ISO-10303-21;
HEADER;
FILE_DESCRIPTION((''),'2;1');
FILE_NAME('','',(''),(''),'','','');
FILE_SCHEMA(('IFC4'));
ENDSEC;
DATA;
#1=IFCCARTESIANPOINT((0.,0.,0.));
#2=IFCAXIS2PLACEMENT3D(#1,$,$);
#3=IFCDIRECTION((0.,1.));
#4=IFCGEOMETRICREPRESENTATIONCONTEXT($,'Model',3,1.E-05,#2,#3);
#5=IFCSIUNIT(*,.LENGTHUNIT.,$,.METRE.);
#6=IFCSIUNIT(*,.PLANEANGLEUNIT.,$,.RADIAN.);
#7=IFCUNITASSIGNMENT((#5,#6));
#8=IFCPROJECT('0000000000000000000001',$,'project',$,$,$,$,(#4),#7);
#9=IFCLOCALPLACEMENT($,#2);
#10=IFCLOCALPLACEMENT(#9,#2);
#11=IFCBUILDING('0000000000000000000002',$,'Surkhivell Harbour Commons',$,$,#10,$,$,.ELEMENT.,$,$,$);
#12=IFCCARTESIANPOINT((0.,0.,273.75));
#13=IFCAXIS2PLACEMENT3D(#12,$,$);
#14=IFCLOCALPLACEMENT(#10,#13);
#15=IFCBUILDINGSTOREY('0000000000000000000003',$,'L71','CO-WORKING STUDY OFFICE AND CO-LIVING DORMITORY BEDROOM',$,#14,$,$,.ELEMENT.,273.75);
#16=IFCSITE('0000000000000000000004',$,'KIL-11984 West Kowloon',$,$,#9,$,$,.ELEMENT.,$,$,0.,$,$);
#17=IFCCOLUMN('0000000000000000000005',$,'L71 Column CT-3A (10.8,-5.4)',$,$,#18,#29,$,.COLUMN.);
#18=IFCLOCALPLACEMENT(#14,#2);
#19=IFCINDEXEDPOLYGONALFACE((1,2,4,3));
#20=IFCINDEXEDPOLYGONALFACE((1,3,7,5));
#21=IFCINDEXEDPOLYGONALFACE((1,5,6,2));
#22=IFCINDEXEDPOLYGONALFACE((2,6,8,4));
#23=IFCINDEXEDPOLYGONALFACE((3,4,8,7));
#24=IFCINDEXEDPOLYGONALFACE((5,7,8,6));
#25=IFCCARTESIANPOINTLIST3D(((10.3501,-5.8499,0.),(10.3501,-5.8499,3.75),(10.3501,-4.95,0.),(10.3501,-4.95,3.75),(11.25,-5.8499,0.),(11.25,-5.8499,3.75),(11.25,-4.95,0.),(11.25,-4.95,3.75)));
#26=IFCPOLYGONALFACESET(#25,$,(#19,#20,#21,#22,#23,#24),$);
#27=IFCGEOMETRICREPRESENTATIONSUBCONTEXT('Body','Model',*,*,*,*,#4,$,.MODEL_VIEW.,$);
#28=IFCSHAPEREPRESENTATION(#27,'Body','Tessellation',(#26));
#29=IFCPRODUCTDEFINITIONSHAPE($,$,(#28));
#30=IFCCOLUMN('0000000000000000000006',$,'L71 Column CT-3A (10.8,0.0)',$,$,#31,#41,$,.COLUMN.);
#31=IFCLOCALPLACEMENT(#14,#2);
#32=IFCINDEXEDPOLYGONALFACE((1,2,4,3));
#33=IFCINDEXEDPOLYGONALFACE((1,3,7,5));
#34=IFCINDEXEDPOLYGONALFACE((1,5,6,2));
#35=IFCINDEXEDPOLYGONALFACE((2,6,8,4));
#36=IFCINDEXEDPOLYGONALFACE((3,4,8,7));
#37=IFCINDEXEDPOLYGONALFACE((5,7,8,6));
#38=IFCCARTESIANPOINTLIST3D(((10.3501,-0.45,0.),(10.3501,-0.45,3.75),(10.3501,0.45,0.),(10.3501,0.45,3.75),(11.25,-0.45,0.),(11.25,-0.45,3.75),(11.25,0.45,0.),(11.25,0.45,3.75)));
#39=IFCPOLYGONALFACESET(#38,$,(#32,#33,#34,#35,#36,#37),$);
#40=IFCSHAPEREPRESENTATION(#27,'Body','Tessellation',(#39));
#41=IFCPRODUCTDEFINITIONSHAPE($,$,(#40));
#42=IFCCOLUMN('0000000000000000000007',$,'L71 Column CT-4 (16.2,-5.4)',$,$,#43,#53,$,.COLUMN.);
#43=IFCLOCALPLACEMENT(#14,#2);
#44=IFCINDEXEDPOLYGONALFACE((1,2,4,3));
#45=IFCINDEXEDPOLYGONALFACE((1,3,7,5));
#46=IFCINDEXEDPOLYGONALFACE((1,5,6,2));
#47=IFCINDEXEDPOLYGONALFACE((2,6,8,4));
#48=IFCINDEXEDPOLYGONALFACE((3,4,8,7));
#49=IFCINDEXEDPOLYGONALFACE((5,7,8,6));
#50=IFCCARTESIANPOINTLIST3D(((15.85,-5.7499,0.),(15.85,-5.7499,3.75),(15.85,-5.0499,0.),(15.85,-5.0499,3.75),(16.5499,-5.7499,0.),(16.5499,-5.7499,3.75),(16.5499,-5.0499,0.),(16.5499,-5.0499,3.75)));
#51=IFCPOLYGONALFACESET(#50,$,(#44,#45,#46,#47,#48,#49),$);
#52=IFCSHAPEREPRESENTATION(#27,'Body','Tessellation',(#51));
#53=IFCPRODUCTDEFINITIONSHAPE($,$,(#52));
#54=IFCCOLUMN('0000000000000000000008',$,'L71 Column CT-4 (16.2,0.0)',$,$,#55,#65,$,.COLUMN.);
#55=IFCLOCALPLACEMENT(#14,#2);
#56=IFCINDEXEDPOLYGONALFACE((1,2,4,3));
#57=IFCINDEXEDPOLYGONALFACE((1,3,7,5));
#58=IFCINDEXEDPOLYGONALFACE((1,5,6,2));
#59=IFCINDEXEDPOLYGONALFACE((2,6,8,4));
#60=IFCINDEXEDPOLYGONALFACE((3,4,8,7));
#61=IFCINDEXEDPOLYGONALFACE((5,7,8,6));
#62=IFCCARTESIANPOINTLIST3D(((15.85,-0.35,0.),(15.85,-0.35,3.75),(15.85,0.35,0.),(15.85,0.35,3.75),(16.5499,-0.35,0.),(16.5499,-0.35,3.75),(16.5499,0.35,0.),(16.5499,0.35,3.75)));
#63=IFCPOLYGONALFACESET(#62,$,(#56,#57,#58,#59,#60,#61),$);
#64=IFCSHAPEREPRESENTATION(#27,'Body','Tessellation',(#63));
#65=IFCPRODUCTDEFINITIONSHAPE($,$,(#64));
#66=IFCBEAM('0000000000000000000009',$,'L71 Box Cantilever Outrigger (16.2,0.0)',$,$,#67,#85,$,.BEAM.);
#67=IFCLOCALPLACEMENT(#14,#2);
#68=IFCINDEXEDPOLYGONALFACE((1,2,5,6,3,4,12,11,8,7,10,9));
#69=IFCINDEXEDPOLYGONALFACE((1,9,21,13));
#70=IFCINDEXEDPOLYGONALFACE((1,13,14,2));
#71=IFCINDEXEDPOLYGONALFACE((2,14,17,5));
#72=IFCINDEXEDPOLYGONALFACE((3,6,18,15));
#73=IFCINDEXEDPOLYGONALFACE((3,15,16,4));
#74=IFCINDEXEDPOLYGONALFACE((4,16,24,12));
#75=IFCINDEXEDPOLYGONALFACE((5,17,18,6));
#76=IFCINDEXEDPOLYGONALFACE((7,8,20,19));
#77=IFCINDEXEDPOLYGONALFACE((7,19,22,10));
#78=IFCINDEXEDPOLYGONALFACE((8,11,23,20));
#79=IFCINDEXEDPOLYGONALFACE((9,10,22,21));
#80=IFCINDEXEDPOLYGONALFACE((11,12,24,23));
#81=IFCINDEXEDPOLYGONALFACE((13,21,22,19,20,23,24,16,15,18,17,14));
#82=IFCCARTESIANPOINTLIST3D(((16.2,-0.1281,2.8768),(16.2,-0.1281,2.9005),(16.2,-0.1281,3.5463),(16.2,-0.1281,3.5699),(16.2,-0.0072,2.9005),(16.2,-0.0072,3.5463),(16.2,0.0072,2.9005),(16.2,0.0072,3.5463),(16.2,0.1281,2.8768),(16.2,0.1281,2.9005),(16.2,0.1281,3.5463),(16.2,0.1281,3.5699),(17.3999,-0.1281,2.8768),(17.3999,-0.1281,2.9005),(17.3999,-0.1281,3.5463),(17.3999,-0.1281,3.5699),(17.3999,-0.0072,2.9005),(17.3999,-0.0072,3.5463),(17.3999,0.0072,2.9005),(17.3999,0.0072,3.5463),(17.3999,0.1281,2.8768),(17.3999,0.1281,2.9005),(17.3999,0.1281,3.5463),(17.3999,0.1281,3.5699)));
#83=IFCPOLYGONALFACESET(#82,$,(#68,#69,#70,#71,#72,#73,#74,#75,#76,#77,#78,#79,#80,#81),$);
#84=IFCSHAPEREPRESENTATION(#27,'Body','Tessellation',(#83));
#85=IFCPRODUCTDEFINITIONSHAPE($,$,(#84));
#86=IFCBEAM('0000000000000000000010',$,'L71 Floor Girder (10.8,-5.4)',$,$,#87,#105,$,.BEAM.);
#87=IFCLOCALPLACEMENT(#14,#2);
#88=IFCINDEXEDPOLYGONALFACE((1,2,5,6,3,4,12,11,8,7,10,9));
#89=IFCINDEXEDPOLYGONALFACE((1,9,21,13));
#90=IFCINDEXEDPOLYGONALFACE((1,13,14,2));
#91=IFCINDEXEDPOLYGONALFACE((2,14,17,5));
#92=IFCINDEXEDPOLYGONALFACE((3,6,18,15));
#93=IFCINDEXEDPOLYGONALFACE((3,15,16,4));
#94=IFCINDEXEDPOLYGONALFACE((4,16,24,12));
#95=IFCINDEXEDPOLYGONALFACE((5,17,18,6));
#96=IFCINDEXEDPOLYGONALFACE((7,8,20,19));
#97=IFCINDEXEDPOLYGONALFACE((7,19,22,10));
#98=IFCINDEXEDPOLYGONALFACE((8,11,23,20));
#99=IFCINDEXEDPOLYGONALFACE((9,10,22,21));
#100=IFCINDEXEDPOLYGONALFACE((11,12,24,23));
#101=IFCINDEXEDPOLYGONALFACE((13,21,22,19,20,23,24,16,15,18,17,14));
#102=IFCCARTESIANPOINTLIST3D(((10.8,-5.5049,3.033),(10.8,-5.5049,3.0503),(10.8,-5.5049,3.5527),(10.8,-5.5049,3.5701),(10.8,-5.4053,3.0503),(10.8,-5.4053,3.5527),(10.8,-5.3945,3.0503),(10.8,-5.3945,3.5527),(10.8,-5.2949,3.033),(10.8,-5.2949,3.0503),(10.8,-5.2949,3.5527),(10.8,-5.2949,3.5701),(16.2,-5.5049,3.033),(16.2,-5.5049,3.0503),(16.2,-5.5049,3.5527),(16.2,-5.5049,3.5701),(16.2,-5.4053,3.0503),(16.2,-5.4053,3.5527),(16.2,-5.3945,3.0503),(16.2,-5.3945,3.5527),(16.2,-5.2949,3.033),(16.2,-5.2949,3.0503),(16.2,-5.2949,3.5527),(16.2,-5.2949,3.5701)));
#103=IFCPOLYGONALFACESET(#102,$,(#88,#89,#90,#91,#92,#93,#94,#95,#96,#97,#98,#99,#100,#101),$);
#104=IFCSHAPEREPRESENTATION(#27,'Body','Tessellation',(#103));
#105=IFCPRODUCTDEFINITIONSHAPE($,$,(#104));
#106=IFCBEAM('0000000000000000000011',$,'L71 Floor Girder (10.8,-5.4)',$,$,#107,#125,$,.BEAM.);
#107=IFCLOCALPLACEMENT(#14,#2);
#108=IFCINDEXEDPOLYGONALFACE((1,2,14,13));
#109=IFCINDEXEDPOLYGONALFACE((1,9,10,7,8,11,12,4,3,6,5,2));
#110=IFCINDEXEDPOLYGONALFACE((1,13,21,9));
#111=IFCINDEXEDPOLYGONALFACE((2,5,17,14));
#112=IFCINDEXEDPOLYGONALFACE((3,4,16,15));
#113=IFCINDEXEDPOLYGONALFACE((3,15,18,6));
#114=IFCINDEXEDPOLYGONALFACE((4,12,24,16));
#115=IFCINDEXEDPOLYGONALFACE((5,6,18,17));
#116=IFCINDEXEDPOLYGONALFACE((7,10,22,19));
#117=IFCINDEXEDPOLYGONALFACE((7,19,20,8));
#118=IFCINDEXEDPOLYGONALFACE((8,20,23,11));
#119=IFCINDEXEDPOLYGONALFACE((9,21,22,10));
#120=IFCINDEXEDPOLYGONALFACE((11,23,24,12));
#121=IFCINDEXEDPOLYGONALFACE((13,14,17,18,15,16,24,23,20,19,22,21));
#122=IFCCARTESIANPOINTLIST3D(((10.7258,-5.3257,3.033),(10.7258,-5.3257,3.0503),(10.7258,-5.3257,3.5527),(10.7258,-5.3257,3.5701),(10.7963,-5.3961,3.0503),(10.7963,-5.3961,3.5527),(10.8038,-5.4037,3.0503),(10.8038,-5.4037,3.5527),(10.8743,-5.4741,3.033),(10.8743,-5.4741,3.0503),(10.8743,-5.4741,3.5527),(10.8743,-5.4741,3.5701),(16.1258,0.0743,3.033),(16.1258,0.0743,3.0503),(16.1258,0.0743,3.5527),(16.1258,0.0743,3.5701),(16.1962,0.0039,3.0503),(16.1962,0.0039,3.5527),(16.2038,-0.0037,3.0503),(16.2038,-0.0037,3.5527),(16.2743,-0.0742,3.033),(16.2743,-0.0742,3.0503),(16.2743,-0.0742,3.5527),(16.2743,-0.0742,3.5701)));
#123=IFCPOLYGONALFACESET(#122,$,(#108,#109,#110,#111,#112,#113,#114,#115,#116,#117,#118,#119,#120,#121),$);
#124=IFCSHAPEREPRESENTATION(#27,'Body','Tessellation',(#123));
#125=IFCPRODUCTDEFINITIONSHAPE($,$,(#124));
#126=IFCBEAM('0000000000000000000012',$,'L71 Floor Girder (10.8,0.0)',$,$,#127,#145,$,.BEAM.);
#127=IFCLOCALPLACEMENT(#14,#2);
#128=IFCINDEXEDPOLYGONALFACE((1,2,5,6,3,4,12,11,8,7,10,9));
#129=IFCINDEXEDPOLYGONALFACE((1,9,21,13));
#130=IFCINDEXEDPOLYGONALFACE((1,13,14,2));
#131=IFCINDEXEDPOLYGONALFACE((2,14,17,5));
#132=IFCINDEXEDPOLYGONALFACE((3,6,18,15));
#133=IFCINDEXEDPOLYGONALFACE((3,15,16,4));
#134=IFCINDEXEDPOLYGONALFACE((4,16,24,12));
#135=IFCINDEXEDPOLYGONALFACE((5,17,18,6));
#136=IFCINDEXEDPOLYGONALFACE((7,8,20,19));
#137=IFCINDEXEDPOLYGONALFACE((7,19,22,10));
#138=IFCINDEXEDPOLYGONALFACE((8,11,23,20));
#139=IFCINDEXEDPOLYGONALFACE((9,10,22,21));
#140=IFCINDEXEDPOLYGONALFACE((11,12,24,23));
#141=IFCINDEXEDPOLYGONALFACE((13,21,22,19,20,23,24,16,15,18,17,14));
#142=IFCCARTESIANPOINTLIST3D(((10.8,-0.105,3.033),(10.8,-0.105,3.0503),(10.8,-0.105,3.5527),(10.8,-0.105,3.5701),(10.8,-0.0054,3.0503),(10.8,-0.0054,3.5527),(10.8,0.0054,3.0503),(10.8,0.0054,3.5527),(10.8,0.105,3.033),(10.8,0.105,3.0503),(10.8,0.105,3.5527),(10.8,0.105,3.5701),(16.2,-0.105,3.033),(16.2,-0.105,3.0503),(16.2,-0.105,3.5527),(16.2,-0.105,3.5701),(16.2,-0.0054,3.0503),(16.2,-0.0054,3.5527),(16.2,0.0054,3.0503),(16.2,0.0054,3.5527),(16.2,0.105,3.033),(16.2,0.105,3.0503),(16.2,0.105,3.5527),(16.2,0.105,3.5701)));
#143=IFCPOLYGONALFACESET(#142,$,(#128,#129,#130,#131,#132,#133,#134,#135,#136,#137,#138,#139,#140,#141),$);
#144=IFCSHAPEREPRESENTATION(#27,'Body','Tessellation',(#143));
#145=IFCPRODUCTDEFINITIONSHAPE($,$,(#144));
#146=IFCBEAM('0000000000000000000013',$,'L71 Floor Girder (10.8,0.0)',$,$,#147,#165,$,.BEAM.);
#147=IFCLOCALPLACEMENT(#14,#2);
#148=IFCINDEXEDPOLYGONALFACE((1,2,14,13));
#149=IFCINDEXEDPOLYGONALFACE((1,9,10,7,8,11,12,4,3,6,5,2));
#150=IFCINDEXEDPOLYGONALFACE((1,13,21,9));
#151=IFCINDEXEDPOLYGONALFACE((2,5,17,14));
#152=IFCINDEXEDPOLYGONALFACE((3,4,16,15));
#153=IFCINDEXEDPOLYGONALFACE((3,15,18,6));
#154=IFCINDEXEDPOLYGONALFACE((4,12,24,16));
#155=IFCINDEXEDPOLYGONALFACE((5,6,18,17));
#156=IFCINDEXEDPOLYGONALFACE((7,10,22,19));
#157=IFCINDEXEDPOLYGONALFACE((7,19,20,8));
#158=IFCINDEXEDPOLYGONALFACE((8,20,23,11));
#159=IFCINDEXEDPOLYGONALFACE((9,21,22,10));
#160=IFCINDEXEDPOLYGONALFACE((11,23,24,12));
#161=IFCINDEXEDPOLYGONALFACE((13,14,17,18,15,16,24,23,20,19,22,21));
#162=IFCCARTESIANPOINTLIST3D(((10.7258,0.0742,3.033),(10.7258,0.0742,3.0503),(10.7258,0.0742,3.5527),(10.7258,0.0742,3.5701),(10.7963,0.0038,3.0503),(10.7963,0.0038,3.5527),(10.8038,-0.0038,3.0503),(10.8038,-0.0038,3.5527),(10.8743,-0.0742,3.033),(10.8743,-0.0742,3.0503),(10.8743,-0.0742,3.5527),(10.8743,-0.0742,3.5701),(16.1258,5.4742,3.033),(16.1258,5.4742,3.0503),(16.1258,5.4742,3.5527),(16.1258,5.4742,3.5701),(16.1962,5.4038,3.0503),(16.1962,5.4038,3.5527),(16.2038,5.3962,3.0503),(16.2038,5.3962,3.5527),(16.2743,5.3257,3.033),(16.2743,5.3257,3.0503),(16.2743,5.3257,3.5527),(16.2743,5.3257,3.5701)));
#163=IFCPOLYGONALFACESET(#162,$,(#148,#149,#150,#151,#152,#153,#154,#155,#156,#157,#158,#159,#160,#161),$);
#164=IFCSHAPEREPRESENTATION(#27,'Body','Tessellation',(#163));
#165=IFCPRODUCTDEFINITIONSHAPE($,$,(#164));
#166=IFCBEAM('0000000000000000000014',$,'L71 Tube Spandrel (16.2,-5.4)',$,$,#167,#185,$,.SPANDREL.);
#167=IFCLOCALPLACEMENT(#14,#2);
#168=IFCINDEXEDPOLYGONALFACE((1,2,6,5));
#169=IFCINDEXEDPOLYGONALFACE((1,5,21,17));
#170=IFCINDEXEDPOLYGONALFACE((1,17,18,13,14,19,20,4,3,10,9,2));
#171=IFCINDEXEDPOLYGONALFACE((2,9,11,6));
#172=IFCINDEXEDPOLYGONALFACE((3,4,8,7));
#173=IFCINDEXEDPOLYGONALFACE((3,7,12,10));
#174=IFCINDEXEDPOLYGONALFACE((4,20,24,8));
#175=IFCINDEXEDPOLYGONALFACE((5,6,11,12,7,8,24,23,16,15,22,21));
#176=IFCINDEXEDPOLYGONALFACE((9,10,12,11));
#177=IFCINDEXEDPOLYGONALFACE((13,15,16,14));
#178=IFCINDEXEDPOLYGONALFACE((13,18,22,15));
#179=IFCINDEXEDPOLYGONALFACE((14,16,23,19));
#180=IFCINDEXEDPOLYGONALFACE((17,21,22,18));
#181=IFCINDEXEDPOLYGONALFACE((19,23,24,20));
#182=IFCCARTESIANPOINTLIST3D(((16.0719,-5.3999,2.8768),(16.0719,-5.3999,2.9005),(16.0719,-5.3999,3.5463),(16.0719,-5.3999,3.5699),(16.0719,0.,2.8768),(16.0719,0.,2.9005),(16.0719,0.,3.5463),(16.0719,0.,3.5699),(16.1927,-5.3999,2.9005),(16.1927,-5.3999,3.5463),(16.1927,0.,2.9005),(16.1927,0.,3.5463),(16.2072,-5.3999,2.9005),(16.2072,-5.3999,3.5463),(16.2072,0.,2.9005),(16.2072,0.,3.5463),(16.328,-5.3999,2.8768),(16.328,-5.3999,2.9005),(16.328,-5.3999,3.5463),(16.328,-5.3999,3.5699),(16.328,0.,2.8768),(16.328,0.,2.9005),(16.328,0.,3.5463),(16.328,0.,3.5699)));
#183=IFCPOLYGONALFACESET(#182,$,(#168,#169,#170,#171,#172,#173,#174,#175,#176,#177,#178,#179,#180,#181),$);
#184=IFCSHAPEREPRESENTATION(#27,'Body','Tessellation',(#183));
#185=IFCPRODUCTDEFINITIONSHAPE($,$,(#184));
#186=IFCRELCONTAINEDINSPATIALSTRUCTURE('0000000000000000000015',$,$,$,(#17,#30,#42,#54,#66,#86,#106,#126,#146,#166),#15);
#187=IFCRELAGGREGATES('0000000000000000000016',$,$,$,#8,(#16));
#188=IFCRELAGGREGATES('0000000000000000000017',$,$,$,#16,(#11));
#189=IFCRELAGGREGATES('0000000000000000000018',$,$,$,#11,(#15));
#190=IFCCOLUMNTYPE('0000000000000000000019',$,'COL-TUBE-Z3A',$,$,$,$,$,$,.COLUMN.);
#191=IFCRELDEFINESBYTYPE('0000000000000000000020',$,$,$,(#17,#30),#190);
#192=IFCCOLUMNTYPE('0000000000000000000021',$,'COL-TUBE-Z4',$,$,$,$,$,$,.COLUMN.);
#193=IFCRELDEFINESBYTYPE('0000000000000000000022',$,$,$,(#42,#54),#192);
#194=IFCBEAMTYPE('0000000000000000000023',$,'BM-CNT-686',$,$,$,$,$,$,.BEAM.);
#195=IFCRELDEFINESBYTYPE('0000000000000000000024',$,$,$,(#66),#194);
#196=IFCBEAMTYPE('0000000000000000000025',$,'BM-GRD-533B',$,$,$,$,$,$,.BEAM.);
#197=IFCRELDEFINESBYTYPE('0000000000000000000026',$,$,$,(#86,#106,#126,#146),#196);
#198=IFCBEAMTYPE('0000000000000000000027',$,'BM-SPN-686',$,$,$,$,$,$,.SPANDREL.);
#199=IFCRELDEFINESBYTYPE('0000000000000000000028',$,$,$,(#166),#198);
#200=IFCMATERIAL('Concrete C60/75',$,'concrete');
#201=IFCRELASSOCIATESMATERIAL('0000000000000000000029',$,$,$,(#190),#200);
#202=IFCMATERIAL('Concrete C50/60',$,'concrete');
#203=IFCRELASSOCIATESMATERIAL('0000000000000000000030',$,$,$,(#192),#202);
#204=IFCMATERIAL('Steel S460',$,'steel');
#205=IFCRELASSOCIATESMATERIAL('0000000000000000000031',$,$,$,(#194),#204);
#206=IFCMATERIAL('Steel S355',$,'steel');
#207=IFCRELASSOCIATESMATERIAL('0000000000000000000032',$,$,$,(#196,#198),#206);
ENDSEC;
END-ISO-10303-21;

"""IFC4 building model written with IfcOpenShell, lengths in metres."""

from ifc_helpers import new_model, si_unit, direction, frame, origin, origin_2d, place, context, subcontext, project, spatial, rectangle, i_section, extrude, material, material_profile, profile_set, type_object, element, save


model = new_model("IFC4")

# Units and contexts
model_context = context("Model", 3, precision=1e-05, world=origin(), true_north=direction((0.0, 1.0)))
body_context = subcontext(model_context, "Body", "Model", "MODEL_VIEW")
ifc_project = project(units=[si_unit("LENGTHUNIT", "METRE"), si_unit("PLANEANGLEUNIT", "RADIAN")], contexts=[model_context])

# Site, building, storey
site_placement = place(None, origin())
site = spatial("IfcSite", under=ifc_project, at=site_placement, Name="KIL-11984 West Kowloon", CompositionType="ELEMENT", RefElevation=0.0)
building_placement = place(site_placement, origin())
building = spatial("IfcBuilding", under=site, at=building_placement, Name="Surkhivell Harbour Commons", CompositionType="ELEMENT")
storey_placement = place(building_placement, frame((0.0, 0.0, 273.75)))
storey = spatial("IfcBuildingStorey", under=building, at=storey_placement, Name="L71", Description="CO-WORKING STUDY OFFICE AND CO-LIVING DORMITORY BEDROOM", CompositionType="ELEMENT", Elevation=273.75)

# Columns
ifc_material_1 = material(Name="Concrete C60/75", Category="concrete")
ifc_material_profile_1 = material_profile(ifc_material_1, rectangle(XDim=0.8999, YDim=0.8999, at=origin_2d()), Name="RC-COL-900x900")
ifc_profile_set_1 = profile_set([ifc_material_profile_1], Name="Concrete C60/75")
column_type_1 = type_object("IfcColumnType", Name="COL-TUBE-Z3A", PredefinedType="COLUMN", material=ifc_profile_set_1)
for number, where, z_axis, x_axis, name in (
    (1, (10.8, -5.3999, 0.0), (0.0, 0.0, 1.0), (1.0, 0.0, 0.0), "L71 Column CT-3A (10.8,-5.4)"),
    (2, (10.8, 0.0, 0.0), (0.0, 0.0, 1.0), (1.0, 0.0, 0.0), "L71 Column CT-3A (10.8,0.0)"),
):
    element("IfcColumn", number, at=place(storey_placement, frame(where, z_axis=z_axis, x_axis=x_axis)), inside=storey, type_object=column_type_1, Name=name, PredefinedType="COLUMN", context=body_context, shape_type="SweptSolid", body=[
        extrude(rectangle(XDim=0.8999, YDim=0.8999, at=origin_2d()), origin(), (0.0, 0.0, 1.0), 3.75),
    ])
ifc_material_2 = material(Name="Concrete C50/60", Category="concrete")
ifc_material_profile_2 = material_profile(ifc_material_2, rectangle(XDim=0.7, YDim=0.7, at=origin_2d()), Name="RC-COL-700x700")
ifc_profile_set_2 = profile_set([ifc_material_profile_2], Name="Concrete C50/60")
column_type_2 = type_object("IfcColumnType", Name="COL-TUBE-Z4", PredefinedType="COLUMN", material=ifc_profile_set_2)
for number, where, z_axis, x_axis, name in (
    (3, (16.2, -5.3999, 0.0), (0.0, 0.0, 1.0), (1.0, 0.0, 0.0), "L71 Column CT-4 (16.2,-5.4)"),
    (4, (16.2, 0.0, 0.0), (0.0, 0.0, 1.0), (1.0, 0.0, 0.0), "L71 Column CT-4 (16.2,0.0)"),
):
    element("IfcColumn", number, at=place(storey_placement, frame(where, z_axis=z_axis, x_axis=x_axis)), inside=storey, type_object=column_type_2, Name=name, PredefinedType="COLUMN", context=body_context, shape_type="SweptSolid", body=[
        extrude(rectangle(XDim=0.7, YDim=0.7, at=origin_2d()), origin(), (0.0, 0.0, 1.0), 3.75),
    ])

# Beams
ifc_material_3 = material(Name="Steel S460", Category="steel")
ifc_material_profile_3 = material_profile(ifc_material_3, i_section(OverallWidth=0.2561, OverallDepth=0.6931, WebThickness=0.0144, FlangeThickness=0.0237, at=origin_2d()), Name="UB686x254x170")
ifc_profile_set_3 = profile_set([ifc_material_profile_3], Name="Steel S460")
beam_type_1 = type_object("IfcBeamType", Name="BM-CNT-686", PredefinedType="BEAM", material=ifc_profile_set_3)
beam_1_placement = place(storey_placement, frame((16.2, 0.0, 3.2234), z_axis=(1.0, 0.0, 0.0), x_axis=(0.0, 1.0, 0.0)))
element("IfcBeam", 5, at=beam_1_placement, inside=storey, type_object=beam_type_1, Name="L71 Box Cantilever Outrigger (16.2,0.0)", PredefinedType="BEAM", context=body_context, shape_type="SweptSolid", body=[
    extrude(i_section(OverallWidth=0.2561, OverallDepth=0.6931, WebThickness=0.0144, FlangeThickness=0.0237, at=origin_2d()), origin(), (0.0, 0.0, 1.0), 1.2),
])
ifc_material_4 = material(Name="Steel S355", Category="steel")
ifc_material_profile_4 = material_profile(ifc_material_4, i_section(OverallWidth=0.21, OverallDepth=0.5371, WebThickness=0.0107, FlangeThickness=0.0173, at=origin_2d()), Name="UB533x210x101")
ifc_profile_set_4 = profile_set([ifc_material_profile_4], Name="Steel S355")
beam_type_2 = type_object("IfcBeamType", Name="BM-GRD-533B", PredefinedType="BEAM", material=ifc_profile_set_4)
beam_2_placement = place(storey_placement, frame((10.8, -5.3999, 3.3015), z_axis=(1.0, 0.0, 0.0), x_axis=(0.0, 1.0, 0.0)))
element("IfcBeam", 6, at=beam_2_placement, inside=storey, type_object=beam_type_2, Name="L71 Floor Girder (10.8,-5.4)", PredefinedType="BEAM", context=body_context, shape_type="SweptSolid", body=[
    extrude(i_section(OverallWidth=0.21, OverallDepth=0.5371, WebThickness=0.0107, FlangeThickness=0.0173, at=origin_2d()), origin(), (0.0, 0.0, 1.0), 5.3999),
])
beam_3_placement = place(storey_placement, frame((10.8, -5.3999, 3.3015), z_axis=(0.707107, 0.707107, 0.0), x_axis=(-0.707107, 0.707107, 0.0)))
element("IfcBeam", 7, at=beam_3_placement, inside=storey, type_object=beam_type_2, Name="L71 Floor Girder (10.8,-5.4)", PredefinedType="BEAM", context=body_context, shape_type="SweptSolid", body=[
    extrude(i_section(OverallWidth=0.21, OverallDepth=0.5371, WebThickness=0.0107, FlangeThickness=0.0173, at=origin_2d()), origin(), (0.0, 0.0, 1.0), 7.6367),
])
beam_4_placement = place(storey_placement, frame((10.8, 0.0, 3.3015), z_axis=(1.0, 0.0, 0.0), x_axis=(0.0, 1.0, 0.0)))
element("IfcBeam", 8, at=beam_4_placement, inside=storey, type_object=beam_type_2, Name="L71 Floor Girder (10.8,0.0)", PredefinedType="BEAM", context=body_context, shape_type="SweptSolid", body=[
    extrude(i_section(OverallWidth=0.21, OverallDepth=0.5371, WebThickness=0.0107, FlangeThickness=0.0173, at=origin_2d()), origin(), (0.0, 0.0, 1.0), 5.3999),
])
beam_5_placement = place(storey_placement, frame((10.8, 0.0, 3.3015), z_axis=(0.707107, 0.707107, 0.0), x_axis=(-0.707107, 0.707107, 0.0)))
element("IfcBeam", 9, at=beam_5_placement, inside=storey, type_object=beam_type_2, Name="L71 Floor Girder (10.8,0.0)", PredefinedType="BEAM", context=body_context, shape_type="SweptSolid", body=[
    extrude(i_section(OverallWidth=0.21, OverallDepth=0.5371, WebThickness=0.0107, FlangeThickness=0.0173, at=origin_2d()), origin(), (0.0, 0.0, 1.0), 7.6367),
])
ifc_material_profile_5 = material_profile(ifc_material_4, i_section(OverallWidth=0.2561, OverallDepth=0.6931, WebThickness=0.0144, FlangeThickness=0.0237, at=origin_2d()), Name="UB686x254x170")
ifc_profile_set_5 = profile_set([ifc_material_profile_5], Name="Steel S355")
beam_type_3 = type_object("IfcBeamType", Name="BM-SPN-686", PredefinedType="SPANDREL", material=ifc_profile_set_5)
for number, where, z_axis, x_axis, name in (
    (10, (16.2, -5.3999, 3.2234), (0.0, 1.0, 0.0), (-1.0, 0.0, 0.0), "L71 Tube Spandrel (16.2,-5.4)"),
):
    element("IfcBeam", number, at=place(storey_placement, frame(where, z_axis=z_axis, x_axis=x_axis)), inside=storey, type_object=beam_type_3, Name=name, PredefinedType="SPANDREL", context=body_context, shape_type="SweptSolid", body=[
        extrude(i_section(OverallWidth=0.2561, OverallDepth=0.6931, WebThickness=0.0144, FlangeThickness=0.0237, at=origin_2d()), origin(), (0.0, 0.0, 1.0), 5.3999),
    ])

save(model, "model.ifc")
